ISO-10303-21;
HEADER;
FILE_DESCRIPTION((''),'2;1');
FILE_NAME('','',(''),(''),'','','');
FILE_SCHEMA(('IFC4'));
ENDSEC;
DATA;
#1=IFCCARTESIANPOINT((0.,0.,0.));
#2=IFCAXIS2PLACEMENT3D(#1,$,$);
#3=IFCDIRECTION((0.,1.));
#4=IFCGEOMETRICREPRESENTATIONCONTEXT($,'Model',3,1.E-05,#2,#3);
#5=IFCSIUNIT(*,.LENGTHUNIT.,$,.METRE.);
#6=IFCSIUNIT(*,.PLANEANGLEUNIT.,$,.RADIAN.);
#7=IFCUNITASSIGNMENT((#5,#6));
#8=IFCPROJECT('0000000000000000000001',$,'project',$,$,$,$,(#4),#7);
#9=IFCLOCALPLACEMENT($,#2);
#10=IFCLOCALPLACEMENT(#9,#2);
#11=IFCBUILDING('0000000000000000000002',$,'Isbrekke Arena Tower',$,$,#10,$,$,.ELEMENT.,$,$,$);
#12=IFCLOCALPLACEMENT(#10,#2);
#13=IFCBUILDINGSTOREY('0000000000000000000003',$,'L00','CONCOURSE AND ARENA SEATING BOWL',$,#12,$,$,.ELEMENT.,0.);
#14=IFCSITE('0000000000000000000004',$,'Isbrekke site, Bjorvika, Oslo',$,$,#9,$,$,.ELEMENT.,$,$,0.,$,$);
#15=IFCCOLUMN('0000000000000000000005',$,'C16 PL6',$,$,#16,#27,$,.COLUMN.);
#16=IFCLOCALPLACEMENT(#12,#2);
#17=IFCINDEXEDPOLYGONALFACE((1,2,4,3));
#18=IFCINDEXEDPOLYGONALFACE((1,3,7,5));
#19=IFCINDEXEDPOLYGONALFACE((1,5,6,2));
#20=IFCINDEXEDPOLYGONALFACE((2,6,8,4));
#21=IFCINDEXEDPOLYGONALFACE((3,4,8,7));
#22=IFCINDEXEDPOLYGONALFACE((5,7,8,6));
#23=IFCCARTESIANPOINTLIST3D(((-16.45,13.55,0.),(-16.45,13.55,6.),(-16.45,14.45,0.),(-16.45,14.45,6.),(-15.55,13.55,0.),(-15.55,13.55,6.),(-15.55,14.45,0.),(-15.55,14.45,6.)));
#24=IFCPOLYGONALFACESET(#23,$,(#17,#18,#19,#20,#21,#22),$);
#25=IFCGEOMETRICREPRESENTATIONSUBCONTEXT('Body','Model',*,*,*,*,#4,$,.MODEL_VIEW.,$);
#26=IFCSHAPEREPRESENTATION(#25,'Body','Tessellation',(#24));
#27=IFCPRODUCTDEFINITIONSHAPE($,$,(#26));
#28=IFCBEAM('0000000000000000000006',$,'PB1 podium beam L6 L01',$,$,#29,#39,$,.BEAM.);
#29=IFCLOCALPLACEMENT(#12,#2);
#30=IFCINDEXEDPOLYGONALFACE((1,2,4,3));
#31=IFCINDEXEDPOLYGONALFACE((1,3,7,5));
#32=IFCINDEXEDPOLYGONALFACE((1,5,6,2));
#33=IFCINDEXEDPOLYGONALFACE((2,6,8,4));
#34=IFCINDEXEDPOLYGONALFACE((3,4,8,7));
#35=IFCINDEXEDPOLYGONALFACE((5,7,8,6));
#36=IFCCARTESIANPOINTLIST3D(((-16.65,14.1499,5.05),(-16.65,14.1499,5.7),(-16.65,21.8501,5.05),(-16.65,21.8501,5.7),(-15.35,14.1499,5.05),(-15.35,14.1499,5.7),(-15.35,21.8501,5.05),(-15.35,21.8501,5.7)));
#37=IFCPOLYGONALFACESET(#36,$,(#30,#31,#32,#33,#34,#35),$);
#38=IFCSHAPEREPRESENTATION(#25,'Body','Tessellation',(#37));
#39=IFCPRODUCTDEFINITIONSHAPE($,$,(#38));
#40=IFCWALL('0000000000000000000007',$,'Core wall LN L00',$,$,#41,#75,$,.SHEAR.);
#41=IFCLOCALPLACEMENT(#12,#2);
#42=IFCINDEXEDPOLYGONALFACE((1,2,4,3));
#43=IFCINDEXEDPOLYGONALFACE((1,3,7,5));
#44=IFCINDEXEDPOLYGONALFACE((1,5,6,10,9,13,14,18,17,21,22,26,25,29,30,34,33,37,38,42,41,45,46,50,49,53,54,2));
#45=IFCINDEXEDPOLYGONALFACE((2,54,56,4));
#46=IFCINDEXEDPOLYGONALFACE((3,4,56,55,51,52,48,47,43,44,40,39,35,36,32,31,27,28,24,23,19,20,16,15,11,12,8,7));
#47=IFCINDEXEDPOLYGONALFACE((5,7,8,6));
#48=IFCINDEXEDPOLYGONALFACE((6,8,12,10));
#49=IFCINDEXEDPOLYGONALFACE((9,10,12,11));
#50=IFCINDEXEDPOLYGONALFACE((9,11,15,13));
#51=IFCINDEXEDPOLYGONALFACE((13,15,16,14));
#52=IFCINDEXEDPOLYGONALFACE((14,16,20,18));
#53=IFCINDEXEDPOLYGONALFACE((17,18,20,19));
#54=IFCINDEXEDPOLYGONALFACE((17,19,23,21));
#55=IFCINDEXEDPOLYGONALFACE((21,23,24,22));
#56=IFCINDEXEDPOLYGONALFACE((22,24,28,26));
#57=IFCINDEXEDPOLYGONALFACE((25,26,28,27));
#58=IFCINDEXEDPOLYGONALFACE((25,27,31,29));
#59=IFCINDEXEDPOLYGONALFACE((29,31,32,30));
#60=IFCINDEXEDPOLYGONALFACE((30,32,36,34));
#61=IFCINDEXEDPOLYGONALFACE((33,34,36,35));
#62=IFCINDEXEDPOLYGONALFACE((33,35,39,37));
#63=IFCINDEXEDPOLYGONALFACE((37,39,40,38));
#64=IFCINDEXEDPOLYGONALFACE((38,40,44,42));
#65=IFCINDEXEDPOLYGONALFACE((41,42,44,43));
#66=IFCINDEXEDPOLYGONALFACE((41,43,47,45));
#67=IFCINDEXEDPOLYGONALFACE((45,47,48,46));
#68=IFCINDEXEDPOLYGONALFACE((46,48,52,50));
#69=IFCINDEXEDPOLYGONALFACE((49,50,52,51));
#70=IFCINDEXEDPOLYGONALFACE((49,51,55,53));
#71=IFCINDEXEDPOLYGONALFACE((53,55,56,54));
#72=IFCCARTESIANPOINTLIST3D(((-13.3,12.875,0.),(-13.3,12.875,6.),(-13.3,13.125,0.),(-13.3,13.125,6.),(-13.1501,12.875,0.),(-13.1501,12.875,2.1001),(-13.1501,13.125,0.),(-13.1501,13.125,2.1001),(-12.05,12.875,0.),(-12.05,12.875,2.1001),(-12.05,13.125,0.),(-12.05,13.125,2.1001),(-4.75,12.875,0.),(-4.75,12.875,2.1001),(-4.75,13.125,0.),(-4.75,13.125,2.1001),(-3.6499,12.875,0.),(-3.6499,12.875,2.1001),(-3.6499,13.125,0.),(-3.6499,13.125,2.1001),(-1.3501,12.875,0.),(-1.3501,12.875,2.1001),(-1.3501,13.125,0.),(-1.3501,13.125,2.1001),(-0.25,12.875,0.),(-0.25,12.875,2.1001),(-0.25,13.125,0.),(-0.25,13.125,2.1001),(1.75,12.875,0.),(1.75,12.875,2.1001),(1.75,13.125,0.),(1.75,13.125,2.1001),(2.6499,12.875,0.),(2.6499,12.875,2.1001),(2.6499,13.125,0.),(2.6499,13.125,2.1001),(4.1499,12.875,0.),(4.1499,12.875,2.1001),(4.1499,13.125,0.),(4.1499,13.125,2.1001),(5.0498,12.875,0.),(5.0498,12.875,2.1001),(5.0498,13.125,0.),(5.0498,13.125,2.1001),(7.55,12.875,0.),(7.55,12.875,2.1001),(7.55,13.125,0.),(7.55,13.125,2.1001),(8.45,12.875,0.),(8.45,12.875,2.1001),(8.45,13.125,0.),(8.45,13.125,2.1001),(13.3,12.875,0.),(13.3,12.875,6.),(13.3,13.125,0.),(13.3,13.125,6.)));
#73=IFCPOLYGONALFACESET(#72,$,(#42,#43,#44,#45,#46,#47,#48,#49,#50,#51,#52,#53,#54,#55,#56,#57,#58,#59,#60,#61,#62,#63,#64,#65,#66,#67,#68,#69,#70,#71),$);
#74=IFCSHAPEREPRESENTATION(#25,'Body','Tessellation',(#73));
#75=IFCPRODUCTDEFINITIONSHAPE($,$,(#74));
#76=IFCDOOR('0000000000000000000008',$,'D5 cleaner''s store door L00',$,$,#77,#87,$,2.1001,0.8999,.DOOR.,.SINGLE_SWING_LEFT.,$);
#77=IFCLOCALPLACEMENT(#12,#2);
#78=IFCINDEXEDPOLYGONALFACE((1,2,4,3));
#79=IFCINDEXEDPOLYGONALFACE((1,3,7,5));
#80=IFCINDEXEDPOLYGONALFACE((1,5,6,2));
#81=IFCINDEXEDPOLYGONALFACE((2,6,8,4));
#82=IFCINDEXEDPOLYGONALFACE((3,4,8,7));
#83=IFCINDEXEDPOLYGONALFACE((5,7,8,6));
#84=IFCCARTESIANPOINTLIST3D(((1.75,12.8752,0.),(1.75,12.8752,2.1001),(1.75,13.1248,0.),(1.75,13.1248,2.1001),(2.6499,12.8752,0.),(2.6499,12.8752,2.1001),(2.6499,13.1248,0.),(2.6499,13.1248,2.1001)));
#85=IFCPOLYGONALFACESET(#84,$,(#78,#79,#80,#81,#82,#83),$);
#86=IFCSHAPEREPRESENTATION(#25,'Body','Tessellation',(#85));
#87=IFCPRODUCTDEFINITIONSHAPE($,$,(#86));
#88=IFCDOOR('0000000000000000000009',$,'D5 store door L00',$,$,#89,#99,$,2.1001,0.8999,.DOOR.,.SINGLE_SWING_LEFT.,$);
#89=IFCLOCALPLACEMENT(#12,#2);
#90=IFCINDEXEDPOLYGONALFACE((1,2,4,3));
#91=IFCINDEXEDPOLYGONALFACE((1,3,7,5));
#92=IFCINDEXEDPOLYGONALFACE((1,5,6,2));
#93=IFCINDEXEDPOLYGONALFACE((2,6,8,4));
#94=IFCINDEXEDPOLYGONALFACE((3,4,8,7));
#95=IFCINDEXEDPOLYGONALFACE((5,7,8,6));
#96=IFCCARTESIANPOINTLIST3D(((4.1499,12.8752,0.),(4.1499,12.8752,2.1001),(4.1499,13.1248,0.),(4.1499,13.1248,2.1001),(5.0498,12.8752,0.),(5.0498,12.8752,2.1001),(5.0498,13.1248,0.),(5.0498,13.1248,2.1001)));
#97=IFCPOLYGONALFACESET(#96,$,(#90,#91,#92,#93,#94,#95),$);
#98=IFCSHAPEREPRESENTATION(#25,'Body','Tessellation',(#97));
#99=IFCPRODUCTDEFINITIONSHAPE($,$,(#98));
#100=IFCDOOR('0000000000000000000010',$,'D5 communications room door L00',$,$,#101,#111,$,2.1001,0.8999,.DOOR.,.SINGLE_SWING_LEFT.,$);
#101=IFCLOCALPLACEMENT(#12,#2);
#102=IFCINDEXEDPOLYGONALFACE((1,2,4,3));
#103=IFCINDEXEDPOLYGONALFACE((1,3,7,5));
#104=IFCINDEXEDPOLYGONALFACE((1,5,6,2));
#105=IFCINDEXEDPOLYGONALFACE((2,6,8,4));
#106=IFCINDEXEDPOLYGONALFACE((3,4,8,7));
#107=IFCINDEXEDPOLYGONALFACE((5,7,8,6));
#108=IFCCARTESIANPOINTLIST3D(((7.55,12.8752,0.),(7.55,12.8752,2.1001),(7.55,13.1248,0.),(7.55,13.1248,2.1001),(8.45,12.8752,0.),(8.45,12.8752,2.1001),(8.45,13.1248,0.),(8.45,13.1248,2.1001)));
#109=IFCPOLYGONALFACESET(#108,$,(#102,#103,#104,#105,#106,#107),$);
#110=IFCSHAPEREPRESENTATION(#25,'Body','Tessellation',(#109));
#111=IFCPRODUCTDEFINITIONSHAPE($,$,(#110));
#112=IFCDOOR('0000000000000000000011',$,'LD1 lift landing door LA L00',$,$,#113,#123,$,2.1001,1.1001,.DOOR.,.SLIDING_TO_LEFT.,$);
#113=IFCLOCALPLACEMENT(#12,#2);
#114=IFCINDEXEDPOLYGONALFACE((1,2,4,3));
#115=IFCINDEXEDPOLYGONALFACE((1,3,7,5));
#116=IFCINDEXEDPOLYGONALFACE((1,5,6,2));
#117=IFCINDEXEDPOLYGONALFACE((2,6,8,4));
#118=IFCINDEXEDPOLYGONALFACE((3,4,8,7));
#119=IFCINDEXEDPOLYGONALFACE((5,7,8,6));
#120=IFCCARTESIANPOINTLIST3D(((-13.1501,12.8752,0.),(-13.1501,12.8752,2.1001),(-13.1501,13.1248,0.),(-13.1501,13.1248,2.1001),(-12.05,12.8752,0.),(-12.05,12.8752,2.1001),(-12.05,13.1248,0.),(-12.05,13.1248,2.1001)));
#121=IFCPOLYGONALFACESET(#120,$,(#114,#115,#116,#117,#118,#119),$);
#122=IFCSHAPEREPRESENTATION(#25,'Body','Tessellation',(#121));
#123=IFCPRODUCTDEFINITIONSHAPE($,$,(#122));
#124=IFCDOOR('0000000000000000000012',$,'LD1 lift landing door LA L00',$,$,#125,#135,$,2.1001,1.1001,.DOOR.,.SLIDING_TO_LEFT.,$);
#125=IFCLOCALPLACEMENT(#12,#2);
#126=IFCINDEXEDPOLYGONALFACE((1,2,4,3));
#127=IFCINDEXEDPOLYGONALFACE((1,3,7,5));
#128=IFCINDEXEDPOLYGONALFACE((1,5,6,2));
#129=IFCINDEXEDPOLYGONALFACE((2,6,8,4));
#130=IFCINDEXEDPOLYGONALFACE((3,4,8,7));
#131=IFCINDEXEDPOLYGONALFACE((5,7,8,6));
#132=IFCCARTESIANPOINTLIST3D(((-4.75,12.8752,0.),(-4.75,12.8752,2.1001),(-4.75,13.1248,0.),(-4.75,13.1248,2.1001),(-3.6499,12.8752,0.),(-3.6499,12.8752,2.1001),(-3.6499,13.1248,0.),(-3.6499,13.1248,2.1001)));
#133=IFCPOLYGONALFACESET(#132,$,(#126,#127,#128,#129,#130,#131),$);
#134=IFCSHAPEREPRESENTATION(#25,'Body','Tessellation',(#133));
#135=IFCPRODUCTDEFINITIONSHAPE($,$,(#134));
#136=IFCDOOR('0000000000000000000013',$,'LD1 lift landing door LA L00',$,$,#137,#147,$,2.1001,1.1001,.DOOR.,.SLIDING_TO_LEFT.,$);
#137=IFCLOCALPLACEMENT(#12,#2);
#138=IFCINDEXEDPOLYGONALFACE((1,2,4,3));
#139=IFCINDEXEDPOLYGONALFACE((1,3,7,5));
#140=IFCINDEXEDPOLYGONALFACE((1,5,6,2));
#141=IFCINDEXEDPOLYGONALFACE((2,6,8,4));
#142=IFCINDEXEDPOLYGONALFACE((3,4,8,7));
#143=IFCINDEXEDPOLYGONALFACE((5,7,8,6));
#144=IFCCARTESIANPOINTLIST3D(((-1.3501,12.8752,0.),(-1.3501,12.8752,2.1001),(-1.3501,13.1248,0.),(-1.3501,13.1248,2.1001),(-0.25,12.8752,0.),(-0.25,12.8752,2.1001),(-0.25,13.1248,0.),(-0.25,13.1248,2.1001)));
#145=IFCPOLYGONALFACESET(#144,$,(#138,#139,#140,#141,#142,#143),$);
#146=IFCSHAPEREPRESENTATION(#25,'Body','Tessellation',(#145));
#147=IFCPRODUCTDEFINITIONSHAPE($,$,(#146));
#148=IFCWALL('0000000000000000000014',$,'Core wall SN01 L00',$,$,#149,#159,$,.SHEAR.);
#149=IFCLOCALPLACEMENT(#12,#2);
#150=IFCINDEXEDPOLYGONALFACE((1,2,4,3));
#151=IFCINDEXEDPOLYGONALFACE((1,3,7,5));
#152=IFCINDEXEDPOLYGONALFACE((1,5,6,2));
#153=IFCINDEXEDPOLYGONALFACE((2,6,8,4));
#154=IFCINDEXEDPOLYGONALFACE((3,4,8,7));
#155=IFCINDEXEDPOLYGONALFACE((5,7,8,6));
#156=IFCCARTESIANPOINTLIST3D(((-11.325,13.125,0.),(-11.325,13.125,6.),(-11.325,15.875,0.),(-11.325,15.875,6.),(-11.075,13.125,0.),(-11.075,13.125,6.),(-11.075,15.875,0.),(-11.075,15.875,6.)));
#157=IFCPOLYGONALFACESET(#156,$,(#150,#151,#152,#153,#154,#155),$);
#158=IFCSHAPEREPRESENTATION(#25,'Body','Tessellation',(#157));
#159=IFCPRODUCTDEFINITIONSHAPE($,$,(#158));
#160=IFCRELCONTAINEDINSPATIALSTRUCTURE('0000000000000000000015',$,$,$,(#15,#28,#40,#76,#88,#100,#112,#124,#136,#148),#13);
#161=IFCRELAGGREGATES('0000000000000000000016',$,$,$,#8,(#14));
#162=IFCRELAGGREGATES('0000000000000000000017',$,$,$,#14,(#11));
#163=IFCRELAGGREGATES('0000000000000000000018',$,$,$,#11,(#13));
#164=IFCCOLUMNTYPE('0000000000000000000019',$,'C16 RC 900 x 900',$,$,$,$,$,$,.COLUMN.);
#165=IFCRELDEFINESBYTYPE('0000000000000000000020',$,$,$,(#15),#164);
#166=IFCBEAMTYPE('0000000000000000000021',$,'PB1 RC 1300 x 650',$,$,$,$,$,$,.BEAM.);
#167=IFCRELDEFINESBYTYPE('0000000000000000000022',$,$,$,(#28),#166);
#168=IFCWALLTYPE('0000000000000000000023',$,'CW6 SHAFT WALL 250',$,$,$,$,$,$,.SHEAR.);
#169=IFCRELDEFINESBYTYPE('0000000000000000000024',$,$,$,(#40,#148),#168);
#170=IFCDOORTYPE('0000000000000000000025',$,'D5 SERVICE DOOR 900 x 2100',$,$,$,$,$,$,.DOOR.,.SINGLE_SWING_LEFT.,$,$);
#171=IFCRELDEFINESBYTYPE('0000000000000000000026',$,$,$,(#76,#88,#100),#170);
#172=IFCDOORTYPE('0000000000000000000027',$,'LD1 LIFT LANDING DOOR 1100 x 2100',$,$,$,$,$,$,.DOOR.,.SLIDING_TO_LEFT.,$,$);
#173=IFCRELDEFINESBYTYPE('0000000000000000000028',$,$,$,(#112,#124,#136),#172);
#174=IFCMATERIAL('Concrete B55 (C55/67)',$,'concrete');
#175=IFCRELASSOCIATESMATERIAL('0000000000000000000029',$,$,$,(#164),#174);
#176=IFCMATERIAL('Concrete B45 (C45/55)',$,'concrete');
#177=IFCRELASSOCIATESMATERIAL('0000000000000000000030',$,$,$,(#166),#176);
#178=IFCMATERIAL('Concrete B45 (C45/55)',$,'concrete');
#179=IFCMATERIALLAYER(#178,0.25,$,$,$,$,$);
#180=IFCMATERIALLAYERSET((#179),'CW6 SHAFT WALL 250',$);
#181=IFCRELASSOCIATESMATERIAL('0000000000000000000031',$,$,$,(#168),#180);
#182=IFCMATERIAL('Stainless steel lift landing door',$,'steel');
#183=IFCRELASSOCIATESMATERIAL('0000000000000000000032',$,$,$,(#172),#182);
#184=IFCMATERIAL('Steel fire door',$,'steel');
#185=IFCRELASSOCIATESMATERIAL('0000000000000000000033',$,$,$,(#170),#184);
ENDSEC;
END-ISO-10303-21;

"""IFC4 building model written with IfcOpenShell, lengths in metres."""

from ifc_helpers import new_model, si_unit, direction, frame, frame_2d, origin, origin_2d, place, context, subcontext, project, spatial, rectangle, extrude, material, layer, layer_set, material_profile, profile_set, type_object, element, fill, save


model = new_model("IFC4")

# Units and contexts
model_context = context("Model", 3, precision=1e-05, world=origin(), true_north=direction((0.0, 1.0)))
body_context = subcontext(model_context, "Body", "Model", "MODEL_VIEW")
ifc_project = project(units=[si_unit("LENGTHUNIT", "METRE"), si_unit("PLANEANGLEUNIT", "RADIAN")], contexts=[model_context])

# Site, building, storey
site_placement = place(None, origin())
site = spatial("IfcSite", under=ifc_project, at=site_placement, Name="Isbrekke site, Bjorvika, Oslo", CompositionType="ELEMENT", RefElevation=0.0)
building_placement = place(site_placement, origin())
building = spatial("IfcBuilding", under=site, at=building_placement, Name="Isbrekke Arena Tower", CompositionType="ELEMENT")
storey_placement = place(building_placement, origin())
storey = spatial("IfcBuildingStorey", under=building, at=storey_placement, Name="L00", Description="CONCOURSE AND ARENA SEATING BOWL", CompositionType="ELEMENT", Elevation=0.0)

# Column
ifc_material_1 = material(Name="Concrete B55 (C55/67)", Category="concrete")
ifc_material_profile_1 = material_profile(ifc_material_1, rectangle(XDim=0.8999, YDim=0.8999, at=origin_2d()), Name="RC 900x900")
ifc_profile_set_1 = profile_set([ifc_material_profile_1], Name="Concrete B55 (C55/67)")
column_type = type_object("IfcColumnType", Name="C16 RC 900 x 900", PredefinedType="COLUMN", material=ifc_profile_set_1)
column_placement = place(storey_placement, frame((-16.0, 14.0, 0.0), z_axis=(0.0, 0.0, 1.0), x_axis=(1.0, 0.0, 0.0)))
element("IfcColumn", 1, at=column_placement, inside=storey, type_object=column_type, Name="C16 PL6", PredefinedType="COLUMN", context=body_context, shape_type="SweptSolid", body=[
    extrude(rectangle(XDim=0.8999, YDim=0.8999, at=origin_2d()), origin(), (0.0, 0.0, 1.0), 6.0),
])

# Beam
ifc_material_2 = material(Name="Concrete B45 (C45/55)", Category="concrete")
ifc_material_profile_2 = material_profile(ifc_material_2, rectangle(XDim=1.3, YDim=0.6499, at=origin_2d()), Name="RC 1300x650")
ifc_profile_set_2 = profile_set([ifc_material_profile_2], Name="Concrete B45 (C45/55)")
beam_type = type_object("IfcBeamType", Name="PB1 RC 1300 x 650", PredefinedType="BEAM", material=ifc_profile_set_2)
beam_placement = place(storey_placement, frame((-16.0, 14.1499, 5.375), z_axis=(0.0, 1.0, 0.0), x_axis=(-1.0, 0.0, 0.0)))
element("IfcBeam", 2, at=beam_placement, inside=storey, type_object=beam_type, Name="PB1 podium beam L6 L01", PredefinedType="BEAM", context=body_context, shape_type="SweptSolid", body=[
    extrude(rectangle(XDim=1.3, YDim=0.6499, at=origin_2d()), origin(), (0.0, 0.0, 1.0), 7.7002),
])

# Wall, openings, doors
ifc_material_3 = material(Name="Concrete B45 (C45/55)", Category="concrete")
ifc_layer = layer(ifc_material_3, 0.25)
ifc_layer_set = layer_set([ifc_layer], Name="CW6 SHAFT WALL 250")
wall_type = type_object("IfcWallType", Name="CW6 SHAFT WALL 250", PredefinedType="SHEAR", material=ifc_layer_set)
ifc_material_4 = material(Name="Stainless steel lift landing door", Category="steel")
door_type_1 = type_object("IfcDoorType", Name="LD1 LIFT LANDING DOOR 1100 x 2100", OperationType="SLIDING_TO_LEFT", PredefinedType="DOOR", material=ifc_material_4)
wall_1_placement = place(storey_placement, frame((-13.3, 13.0, 0.0), z_axis=(0.0, 0.0, 1.0), x_axis=(1.0, 0.0, 0.0)))
wall_1 = element("IfcWall", 3, at=wall_1_placement, inside=storey, type_object=wall_type, Name="Core wall LN L00", PredefinedType="SHEAR", context=body_context, shape_type="SweptSolid", body=[
    extrude(rectangle(XDim=26.6001, YDim=0.25, at=frame_2d((13.3, 0.0))), origin(), (0.0, 0.0, 1.0), 6.0),
])
opening_1_placement = place(wall_1_placement, frame((0.1499, 0.0, 0.0)))
opening_1 = element("IfcOpeningElement", 4, at=opening_1_placement, cuts=wall_1, PredefinedType="OPENING", context=body_context, shape_type="SweptSolid", body=[
    extrude(rectangle(XDim=1.1001, YDim=2.1001, at=frame_2d((0.55, 1.05))), frame((0.0, 0.1399, 0.0), z_axis=(0.0, -1.0, 0.0), x_axis=(1.0, 0.0, 0.0)), (0.0, 0.0, 1.0), 0.2798),
])
opening_2_placement = place(wall_1_placement, frame((8.55, 0.0, 0.0)))
opening_2 = element("IfcOpeningElement", 5, at=opening_2_placement, cuts=wall_1, PredefinedType="OPENING", context=body_context, shape_type="SweptSolid", body=[
    extrude(rectangle(XDim=1.1001, YDim=2.1001, at=frame_2d((0.55, 1.05))), frame((0.0, 0.1399, 0.0), z_axis=(0.0, -1.0, 0.0), x_axis=(1.0, 0.0, 0.0)), (0.0, 0.0, 1.0), 0.2798),
])
opening_3_placement = place(wall_1_placement, frame((11.95, 0.0, 0.0)))
opening_3 = element("IfcOpeningElement", 6, at=opening_3_placement, cuts=wall_1, PredefinedType="OPENING", context=body_context, shape_type="SweptSolid", body=[
    extrude(rectangle(XDim=1.1001, YDim=2.1001, at=frame_2d((0.55, 1.05))), frame((0.0, 0.1399, 0.0), z_axis=(0.0, -1.0, 0.0), x_axis=(1.0, 0.0, 0.0)), (0.0, 0.0, 1.0), 0.2798),
])
opening_4_placement = place(wall_1_placement, frame((15.05, 0.0, 0.0)))
opening_4 = element("IfcOpeningElement", 7, at=opening_4_placement, cuts=wall_1, PredefinedType="OPENING", context=body_context, shape_type="SweptSolid", body=[
    extrude(rectangle(XDim=0.8999, YDim=2.1001, at=frame_2d((0.45, 1.05))), frame((0.0, 0.1399, 0.0), z_axis=(0.0, -1.0, 0.0), x_axis=(1.0, 0.0, 0.0)), (0.0, 0.0, 1.0), 0.2798),
])
opening_5_placement = place(wall_1_placement, frame((17.45, 0.0, 0.0)))
opening_5 = element("IfcOpeningElement", 8, at=opening_5_placement, cuts=wall_1, PredefinedType="OPENING", context=body_context, shape_type="SweptSolid", body=[
    extrude(rectangle(XDim=0.8999, YDim=2.1001, at=frame_2d((0.45, 1.05))), frame((0.0, 0.1399, 0.0), z_axis=(0.0, -1.0, 0.0), x_axis=(1.0, 0.0, 0.0)), (0.0, 0.0, 1.0), 0.2798),
])
opening_6_placement = place(wall_1_placement, frame((20.8501, 0.0, 0.0)))
opening_6 = element("IfcOpeningElement", 9, at=opening_6_placement, cuts=wall_1, PredefinedType="OPENING", context=body_context, shape_type="SweptSolid", body=[
    extrude(rectangle(XDim=0.8999, YDim=2.1001, at=frame_2d((0.45, 1.05))), frame((0.0, 0.1399, 0.0), z_axis=(0.0, -1.0, 0.0), x_axis=(1.0, 0.0, 0.0)), (0.0, 0.0, 1.0), 0.2798),
])
ifc_material_5 = material(Name="Steel fire door", Category="steel")
door_type_2 = type_object("IfcDoorType", Name="D5 SERVICE DOOR 900 x 2100", OperationType="SINGLE_SWING_LEFT", PredefinedType="DOOR", material=ifc_material_5)
door_1_placement = place(opening_4_placement, origin())
door_1 = element("IfcDoor", 10, at=door_1_placement, inside=storey, type_object=door_type_2, Name="D5 cleaner's store door L00", OperationType="SINGLE_SWING_LEFT", OverallHeight=2.1001, OverallWidth=0.8999, PredefinedType="DOOR", context=body_context, shape_type="SweptSolid", body=[
    extrude(rectangle(XDim=0.8999, YDim=2.1001, at=frame_2d((0.45, 1.05))), frame((0.0, 0.1248, 0.0), z_axis=(0.0, -1.0, 0.0), x_axis=(1.0, 0.0, 0.0)), (0.0, 0.0, 1.0), 0.2495),
])
fill(opening_4, door_1)
door_2_placement = place(opening_5_placement, origin())
door_2 = element("IfcDoor", 11, at=door_2_placement, inside=storey, type_object=door_type_2, Name="D5 store door L00", OperationType="SINGLE_SWING_LEFT", OverallHeight=2.1001, OverallWidth=0.8999, PredefinedType="DOOR", context=body_context, shape_type="SweptSolid", body=[
    extrude(rectangle(XDim=0.8999, YDim=2.1001, at=frame_2d((0.45, 1.05))), frame((0.0, 0.1248, 0.0), z_axis=(0.0, -1.0, 0.0), x_axis=(1.0, 0.0, 0.0)), (0.0, 0.0, 1.0), 0.2495),
])
fill(opening_5, door_2)
door_3_placement = place(opening_6_placement, origin())
door_3 = element("IfcDoor", 12, at=door_3_placement, inside=storey, type_object=door_type_2, Name="D5 communications room door L00", OperationType="SINGLE_SWING_LEFT", OverallHeight=2.1001, OverallWidth=0.8999, PredefinedType="DOOR", context=body_context, shape_type="SweptSolid", body=[
    extrude(rectangle(XDim=0.8999, YDim=2.1001, at=frame_2d((0.45, 1.05))), frame((0.0, 0.1248, 0.0), z_axis=(0.0, -1.0, 0.0), x_axis=(1.0, 0.0, 0.0)), (0.0, 0.0, 1.0), 0.2495),
])
fill(opening_6, door_3)
door_4_placement = place(opening_1_placement, origin())
door_4 = element("IfcDoor", 13, at=door_4_placement, inside=storey, type_object=door_type_1, Name="LD1 lift landing door LA L00", OperationType="SLIDING_TO_LEFT", OverallHeight=2.1001, OverallWidth=1.1001, PredefinedType="DOOR", context=body_context, shape_type="SweptSolid", body=[
    extrude(rectangle(XDim=1.1001, YDim=2.1001, at=frame_2d((0.55, 1.05))), frame((0.0, 0.1248, 0.0), z_axis=(0.0, -1.0, 0.0), x_axis=(1.0, 0.0, 0.0)), (0.0, 0.0, 1.0), 0.2495),
])
fill(opening_1, door_4)
door_5_placement = place(opening_2_placement, origin())
door_5 = element("IfcDoor", 14, at=door_5_placement, inside=storey, type_object=door_type_1, Name="LD1 lift landing door LA L00", OperationType="SLIDING_TO_LEFT", OverallHeight=2.1001, OverallWidth=1.1001, PredefinedType="DOOR", context=body_context, shape_type="SweptSolid", body=[
    extrude(rectangle(XDim=1.1001, YDim=2.1001, at=frame_2d((0.55, 1.05))), frame((0.0, 0.1248, 0.0), z_axis=(0.0, -1.0, 0.0), x_axis=(1.0, 0.0, 0.0)), (0.0, 0.0, 1.0), 0.2495),
])
fill(opening_2, door_5)
door_6_placement = place(opening_3_placement, origin())
door_6 = element("IfcDoor", 15, at=door_6_placement, inside=storey, type_object=door_type_1, Name="LD1 lift landing door LA L00", OperationType="SLIDING_TO_LEFT", OverallHeight=2.1001, OverallWidth=1.1001, PredefinedType="DOOR", context=body_context, shape_type="SweptSolid", body=[
    extrude(rectangle(XDim=1.1001, YDim=2.1001, at=frame_2d((0.55, 1.05))), frame((0.0, 0.1248, 0.0), z_axis=(0.0, -1.0, 0.0), x_axis=(1.0, 0.0, 0.0)), (0.0, 0.0, 1.0), 0.2495),
])
fill(opening_3, door_6)

# Wall
wall_2_placement = place(storey_placement, frame((-11.2, 13.125, 0.0), z_axis=(0.0, 0.0, 1.0), x_axis=(0.0, 1.0, 0.0)))
element("IfcWall", 16, at=wall_2_placement, inside=storey, type_object=wall_type, Name="Core wall SN01 L00", PredefinedType="SHEAR", context=body_context, shape_type="SweptSolid", body=[
    extrude(rectangle(XDim=2.75, YDim=0.25, at=frame_2d((1.375, 0.0))), origin(), (0.0, 0.0, 1.0), 6.0),
])

save(model, "model.ifc")
